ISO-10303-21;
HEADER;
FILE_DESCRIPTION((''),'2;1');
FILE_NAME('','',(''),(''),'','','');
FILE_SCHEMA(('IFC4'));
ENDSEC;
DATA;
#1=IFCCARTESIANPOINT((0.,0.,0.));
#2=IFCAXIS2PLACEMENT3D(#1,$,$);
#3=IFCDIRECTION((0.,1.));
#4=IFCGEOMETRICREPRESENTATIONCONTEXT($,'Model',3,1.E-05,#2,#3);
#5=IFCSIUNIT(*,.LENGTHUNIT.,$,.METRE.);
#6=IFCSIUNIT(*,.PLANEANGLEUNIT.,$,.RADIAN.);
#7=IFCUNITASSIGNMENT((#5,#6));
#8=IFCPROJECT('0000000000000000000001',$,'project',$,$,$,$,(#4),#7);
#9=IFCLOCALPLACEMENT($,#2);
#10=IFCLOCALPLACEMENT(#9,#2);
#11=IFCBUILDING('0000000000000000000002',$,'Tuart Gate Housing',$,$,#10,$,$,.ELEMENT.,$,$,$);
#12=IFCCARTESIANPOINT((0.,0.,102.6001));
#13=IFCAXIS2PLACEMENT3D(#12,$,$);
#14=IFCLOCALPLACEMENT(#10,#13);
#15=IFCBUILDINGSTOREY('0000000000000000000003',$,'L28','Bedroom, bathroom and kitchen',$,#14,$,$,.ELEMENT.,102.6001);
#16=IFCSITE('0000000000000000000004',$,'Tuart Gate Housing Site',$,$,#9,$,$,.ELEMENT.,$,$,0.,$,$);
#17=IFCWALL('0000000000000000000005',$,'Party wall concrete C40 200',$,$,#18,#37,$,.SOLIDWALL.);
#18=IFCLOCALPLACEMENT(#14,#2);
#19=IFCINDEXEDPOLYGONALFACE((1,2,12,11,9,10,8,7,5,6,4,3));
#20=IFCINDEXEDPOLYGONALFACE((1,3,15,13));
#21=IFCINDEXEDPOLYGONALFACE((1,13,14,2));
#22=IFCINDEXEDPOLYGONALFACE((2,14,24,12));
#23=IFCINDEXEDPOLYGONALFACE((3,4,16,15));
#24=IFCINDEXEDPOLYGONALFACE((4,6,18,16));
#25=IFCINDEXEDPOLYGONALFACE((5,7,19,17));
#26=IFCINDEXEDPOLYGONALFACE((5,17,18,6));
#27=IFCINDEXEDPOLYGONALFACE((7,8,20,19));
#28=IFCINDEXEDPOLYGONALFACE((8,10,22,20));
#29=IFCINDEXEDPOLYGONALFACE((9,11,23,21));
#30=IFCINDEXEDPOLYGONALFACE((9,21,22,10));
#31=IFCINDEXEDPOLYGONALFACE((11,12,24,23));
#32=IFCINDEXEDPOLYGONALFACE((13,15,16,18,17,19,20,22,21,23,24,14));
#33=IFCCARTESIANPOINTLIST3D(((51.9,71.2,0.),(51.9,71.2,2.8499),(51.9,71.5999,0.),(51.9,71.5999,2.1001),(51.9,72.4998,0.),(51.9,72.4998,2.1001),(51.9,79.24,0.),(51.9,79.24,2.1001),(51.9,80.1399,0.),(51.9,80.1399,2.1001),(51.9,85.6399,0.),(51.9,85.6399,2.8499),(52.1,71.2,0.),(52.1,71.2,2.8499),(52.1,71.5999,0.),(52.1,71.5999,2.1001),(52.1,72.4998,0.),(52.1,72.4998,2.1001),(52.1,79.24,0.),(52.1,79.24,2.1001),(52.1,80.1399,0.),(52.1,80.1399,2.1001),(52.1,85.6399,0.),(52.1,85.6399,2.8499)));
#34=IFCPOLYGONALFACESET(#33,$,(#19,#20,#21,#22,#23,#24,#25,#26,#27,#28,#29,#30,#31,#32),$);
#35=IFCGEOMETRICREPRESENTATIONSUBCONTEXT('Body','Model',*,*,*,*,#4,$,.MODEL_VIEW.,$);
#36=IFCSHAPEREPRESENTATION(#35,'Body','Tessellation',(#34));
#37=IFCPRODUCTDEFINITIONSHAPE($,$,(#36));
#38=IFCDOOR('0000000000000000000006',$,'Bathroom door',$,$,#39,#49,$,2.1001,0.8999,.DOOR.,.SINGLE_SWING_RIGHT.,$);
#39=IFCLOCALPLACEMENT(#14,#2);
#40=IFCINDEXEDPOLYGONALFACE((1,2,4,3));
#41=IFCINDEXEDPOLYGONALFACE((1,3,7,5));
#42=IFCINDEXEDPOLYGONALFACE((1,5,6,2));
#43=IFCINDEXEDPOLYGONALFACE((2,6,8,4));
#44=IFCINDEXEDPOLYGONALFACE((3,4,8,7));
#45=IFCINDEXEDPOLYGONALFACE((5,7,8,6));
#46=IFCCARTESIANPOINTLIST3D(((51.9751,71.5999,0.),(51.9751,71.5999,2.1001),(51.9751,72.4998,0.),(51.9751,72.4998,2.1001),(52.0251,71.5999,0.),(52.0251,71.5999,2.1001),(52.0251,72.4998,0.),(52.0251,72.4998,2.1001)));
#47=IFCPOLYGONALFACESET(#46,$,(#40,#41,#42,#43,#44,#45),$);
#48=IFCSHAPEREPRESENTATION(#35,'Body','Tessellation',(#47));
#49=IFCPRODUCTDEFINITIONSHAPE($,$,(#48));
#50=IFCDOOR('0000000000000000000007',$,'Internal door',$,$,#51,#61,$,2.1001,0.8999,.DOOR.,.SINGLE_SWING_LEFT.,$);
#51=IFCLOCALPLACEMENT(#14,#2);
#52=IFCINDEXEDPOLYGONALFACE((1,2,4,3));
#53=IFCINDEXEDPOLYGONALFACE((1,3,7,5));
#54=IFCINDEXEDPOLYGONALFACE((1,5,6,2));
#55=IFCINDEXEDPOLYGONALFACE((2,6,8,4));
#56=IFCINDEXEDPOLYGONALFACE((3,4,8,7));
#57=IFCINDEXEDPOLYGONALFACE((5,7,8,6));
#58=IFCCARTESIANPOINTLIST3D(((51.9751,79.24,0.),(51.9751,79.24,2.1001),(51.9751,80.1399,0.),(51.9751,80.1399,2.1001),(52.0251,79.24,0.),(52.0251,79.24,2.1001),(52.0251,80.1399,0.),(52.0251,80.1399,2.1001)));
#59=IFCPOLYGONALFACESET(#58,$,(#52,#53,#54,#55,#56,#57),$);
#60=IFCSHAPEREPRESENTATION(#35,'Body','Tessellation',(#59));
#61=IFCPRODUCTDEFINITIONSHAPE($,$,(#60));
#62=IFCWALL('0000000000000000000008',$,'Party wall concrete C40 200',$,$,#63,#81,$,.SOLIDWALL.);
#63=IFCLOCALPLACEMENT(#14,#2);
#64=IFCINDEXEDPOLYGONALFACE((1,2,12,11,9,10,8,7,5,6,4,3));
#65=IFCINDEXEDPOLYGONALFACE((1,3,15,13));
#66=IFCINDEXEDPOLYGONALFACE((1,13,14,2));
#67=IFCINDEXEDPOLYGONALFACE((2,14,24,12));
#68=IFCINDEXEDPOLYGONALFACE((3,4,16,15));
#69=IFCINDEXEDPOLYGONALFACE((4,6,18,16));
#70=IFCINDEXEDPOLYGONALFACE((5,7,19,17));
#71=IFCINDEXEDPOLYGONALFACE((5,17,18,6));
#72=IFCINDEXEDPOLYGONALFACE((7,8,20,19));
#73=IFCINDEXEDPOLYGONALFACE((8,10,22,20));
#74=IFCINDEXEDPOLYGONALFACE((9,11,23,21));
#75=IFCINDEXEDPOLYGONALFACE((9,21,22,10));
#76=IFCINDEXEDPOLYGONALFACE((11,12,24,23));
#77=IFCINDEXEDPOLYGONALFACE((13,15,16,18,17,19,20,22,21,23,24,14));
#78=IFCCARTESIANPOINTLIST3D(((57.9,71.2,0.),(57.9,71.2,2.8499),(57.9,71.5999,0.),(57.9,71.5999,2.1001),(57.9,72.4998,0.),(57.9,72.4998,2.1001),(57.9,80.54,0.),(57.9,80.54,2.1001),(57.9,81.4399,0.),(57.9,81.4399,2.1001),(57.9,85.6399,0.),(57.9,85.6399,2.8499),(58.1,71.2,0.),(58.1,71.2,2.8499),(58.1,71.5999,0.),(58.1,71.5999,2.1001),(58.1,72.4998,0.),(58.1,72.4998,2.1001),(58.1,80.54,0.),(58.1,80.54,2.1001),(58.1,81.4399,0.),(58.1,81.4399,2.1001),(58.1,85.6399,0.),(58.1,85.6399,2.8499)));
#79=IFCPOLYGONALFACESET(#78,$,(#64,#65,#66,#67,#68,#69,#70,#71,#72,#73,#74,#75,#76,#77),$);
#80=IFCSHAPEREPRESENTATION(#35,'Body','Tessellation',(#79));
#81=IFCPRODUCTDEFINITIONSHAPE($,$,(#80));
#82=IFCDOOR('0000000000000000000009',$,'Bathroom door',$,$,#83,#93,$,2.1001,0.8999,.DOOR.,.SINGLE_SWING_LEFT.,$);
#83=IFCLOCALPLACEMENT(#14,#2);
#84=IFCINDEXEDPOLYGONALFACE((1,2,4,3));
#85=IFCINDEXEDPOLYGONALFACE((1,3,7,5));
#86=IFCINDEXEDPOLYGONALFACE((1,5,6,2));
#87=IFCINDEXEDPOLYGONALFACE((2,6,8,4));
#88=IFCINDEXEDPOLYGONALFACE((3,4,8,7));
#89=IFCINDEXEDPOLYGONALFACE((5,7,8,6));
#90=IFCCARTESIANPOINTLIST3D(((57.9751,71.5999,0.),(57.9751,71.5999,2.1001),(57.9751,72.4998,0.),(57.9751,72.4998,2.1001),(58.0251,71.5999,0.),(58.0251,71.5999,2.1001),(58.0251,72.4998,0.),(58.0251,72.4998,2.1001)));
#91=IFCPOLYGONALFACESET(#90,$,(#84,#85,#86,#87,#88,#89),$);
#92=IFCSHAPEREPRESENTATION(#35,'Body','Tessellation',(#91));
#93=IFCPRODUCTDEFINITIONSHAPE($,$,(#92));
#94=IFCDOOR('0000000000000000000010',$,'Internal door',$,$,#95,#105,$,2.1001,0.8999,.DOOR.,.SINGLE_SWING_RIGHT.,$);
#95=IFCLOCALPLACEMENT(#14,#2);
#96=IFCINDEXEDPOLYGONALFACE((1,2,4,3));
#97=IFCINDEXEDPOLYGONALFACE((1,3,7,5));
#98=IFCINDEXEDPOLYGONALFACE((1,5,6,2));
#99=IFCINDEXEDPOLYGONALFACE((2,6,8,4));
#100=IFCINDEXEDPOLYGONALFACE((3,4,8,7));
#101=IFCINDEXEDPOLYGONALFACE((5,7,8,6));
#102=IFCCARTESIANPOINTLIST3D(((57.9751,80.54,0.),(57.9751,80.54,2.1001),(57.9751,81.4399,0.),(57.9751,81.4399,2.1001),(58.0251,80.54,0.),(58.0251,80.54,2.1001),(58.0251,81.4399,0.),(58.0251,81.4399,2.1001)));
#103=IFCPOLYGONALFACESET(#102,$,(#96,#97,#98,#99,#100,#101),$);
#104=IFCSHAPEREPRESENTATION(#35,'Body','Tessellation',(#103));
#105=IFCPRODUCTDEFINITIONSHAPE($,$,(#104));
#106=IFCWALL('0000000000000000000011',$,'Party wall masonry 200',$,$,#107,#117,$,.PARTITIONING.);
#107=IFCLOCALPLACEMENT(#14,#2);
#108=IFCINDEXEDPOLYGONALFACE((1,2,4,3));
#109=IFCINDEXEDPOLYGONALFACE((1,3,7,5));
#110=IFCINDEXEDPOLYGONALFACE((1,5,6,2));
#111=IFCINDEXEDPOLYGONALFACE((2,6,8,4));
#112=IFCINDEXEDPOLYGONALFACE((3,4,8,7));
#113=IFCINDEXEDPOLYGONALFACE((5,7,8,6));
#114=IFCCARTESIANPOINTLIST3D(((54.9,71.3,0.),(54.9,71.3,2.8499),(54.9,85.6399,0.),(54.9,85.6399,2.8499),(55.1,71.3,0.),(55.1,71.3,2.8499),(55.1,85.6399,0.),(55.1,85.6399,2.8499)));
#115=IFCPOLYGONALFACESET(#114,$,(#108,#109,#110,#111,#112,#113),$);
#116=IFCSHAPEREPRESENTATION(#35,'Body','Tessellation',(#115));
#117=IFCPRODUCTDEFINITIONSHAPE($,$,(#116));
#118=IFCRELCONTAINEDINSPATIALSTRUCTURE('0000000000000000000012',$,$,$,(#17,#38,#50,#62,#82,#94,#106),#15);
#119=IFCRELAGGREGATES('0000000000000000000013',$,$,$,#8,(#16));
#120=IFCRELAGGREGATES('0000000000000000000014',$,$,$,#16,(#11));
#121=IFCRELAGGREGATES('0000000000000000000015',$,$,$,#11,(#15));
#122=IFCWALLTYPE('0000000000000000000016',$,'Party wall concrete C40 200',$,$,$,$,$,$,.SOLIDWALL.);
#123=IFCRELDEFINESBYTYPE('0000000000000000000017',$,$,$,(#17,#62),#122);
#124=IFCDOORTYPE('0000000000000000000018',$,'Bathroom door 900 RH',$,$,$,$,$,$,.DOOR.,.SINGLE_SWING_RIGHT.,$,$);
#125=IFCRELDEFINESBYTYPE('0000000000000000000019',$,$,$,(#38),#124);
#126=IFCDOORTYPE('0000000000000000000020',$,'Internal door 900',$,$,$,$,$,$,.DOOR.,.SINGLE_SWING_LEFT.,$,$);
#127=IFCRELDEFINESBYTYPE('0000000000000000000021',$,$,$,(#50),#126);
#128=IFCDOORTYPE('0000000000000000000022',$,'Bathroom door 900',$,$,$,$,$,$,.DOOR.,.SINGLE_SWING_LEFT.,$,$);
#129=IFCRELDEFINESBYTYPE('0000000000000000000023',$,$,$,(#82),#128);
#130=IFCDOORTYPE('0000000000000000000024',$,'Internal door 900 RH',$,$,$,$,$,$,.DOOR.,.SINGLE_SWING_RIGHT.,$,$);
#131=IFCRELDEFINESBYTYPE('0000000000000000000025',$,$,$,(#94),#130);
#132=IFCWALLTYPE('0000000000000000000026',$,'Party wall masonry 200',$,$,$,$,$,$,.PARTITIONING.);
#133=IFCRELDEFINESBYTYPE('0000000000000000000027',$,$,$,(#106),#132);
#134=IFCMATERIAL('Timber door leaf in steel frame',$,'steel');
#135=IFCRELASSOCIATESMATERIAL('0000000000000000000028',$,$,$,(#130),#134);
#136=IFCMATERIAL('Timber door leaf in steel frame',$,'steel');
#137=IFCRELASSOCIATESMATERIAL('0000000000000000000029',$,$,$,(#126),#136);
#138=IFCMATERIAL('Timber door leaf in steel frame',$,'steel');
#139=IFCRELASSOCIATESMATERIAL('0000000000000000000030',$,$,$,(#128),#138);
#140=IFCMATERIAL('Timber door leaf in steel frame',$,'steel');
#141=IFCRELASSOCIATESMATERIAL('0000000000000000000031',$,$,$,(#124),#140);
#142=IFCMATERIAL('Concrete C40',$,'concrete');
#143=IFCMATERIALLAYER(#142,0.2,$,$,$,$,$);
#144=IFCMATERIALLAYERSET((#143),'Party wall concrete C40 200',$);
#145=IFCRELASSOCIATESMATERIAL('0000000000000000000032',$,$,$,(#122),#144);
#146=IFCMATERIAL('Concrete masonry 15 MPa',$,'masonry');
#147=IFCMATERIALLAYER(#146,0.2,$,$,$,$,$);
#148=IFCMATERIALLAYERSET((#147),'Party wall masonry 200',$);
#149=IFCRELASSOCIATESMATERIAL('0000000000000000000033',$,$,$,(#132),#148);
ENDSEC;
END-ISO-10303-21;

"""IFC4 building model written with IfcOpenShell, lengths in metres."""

from ifc_helpers import new_model, si_unit, direction, frame, frame_2d, origin, place, context, subcontext, project, spatial, rectangle, extrude, material, layer, layer_set, type_object, element, fill, save


model = new_model("IFC4")

# Units and contexts
model_context = context("Model", 3, precision=1e-05, world=origin(), true_north=direction((0.0, 1.0)))
body_context = subcontext(model_context, "Body", "Model", "MODEL_VIEW")
ifc_project = project(units=[si_unit("LENGTHUNIT", "METRE"), si_unit("PLANEANGLEUNIT", "RADIAN")], contexts=[model_context])

# Site, building, storey
site_placement = place(None, origin())
site = spatial("IfcSite", under=ifc_project, at=site_placement, Name="Tuart Gate Housing Site", CompositionType="ELEMENT", RefElevation=0.0)
building_placement = place(site_placement, origin())
building = spatial("IfcBuilding", under=site, at=building_placement, Name="Tuart Gate Housing", CompositionType="ELEMENT")
storey_placement = place(building_placement, frame((0.0, 0.0, 102.6001)))
storey = spatial("IfcBuildingStorey", under=building, at=storey_placement, Name="L28", Description="Bedroom, bathroom and kitchen", CompositionType="ELEMENT", Elevation=102.6001)

# Shared definitions
ifc_material_1 = material(Name="Timber door leaf in steel frame", Category="steel")
door_type_1 = type_object("IfcDoorType", Name="Internal door 900 RH", OperationType="SINGLE_SWING_RIGHT", PredefinedType="DOOR", material=ifc_material_1)
ifc_material_2 = material(Name="Timber door leaf in steel frame", Category="steel")
door_type_2 = type_object("IfcDoorType", Name="Internal door 900", OperationType="SINGLE_SWING_LEFT", PredefinedType="DOOR", material=ifc_material_2)

# Shared definitions
ifc_material_3 = material(Name="Timber door leaf in steel frame", Category="steel")
door_type_3 = type_object("IfcDoorType", Name="Bathroom door 900", OperationType="SINGLE_SWING_LEFT", PredefinedType="DOOR", material=ifc_material_3)
ifc_material_4 = material(Name="Timber door leaf in steel frame", Category="steel")
door_type_4 = type_object("IfcDoorType", Name="Bathroom door 900 RH", OperationType="SINGLE_SWING_RIGHT", PredefinedType="DOOR", material=ifc_material_4)

# Shared definitions
ifc_material_5 = material(Name="Concrete C40", Category="concrete")
ifc_layer_1 = layer(ifc_material_5, 0.2)
ifc_layer_set_1 = layer_set([ifc_layer_1], Name="Party wall concrete C40 200")
wall_type_1 = type_object("IfcWallType", Name="Party wall concrete C40 200", PredefinedType="SOLIDWALL", material=ifc_layer_set_1)

# Walls, openings, doors
wall_1_placement = place(storey_placement, frame((52.0, 71.2, 0.0), z_axis=(0.0, 0.0, 1.0), x_axis=(0.0, 1.0, 0.0)))
wall_1 = element("IfcWall", 1, at=wall_1_placement, inside=storey, type_object=wall_type_1, Name="Party wall concrete C40 200", PredefinedType="SOLIDWALL", context=body_context, shape_type="SweptSolid", body=[
    extrude(rectangle(XDim=14.4399, YDim=0.2, at=frame_2d((7.22, 0.0))), origin(), (0.0, 0.0, 1.0), 2.8499),
])
opening_1_placement = place(wall_1_placement, frame((8.04, 0.0, 0.0)))
opening_1 = element("IfcOpeningElement", 2, at=opening_1_placement, cuts=wall_1, PredefinedType="OPENING", context=body_context, shape_type="SweptSolid", body=[
    extrude(rectangle(XDim=0.8999, YDim=2.1001, at=frame_2d((0.45, 1.05))), frame((0.0, 0.1099, 0.0), z_axis=(0.0, -1.0, 0.0), x_axis=(1.0, 0.0, 0.0)), (0.0, 0.0, 1.0), 0.22),
])
opening_2_placement = place(wall_1_placement, frame((0.3999, 0.0, 0.0)))
opening_2 = element("IfcOpeningElement", 3, at=opening_2_placement, cuts=wall_1, PredefinedType="OPENING", context=body_context, shape_type="SweptSolid", body=[
    extrude(rectangle(XDim=0.8999, YDim=2.1001, at=frame_2d((0.45, 1.05))), frame((0.0, 0.1099, 0.0), z_axis=(0.0, -1.0, 0.0), x_axis=(1.0, 0.0, 0.0)), (0.0, 0.0, 1.0), 0.22),
])
door_1_placement = place(opening_2_placement, frame((0.8999, 0.0, 0.0), z_axis=(0.0, 0.0, 1.0), x_axis=(-1.0, 0.0, 0.0)))
door_1 = element("IfcDoor", 4, at=door_1_placement, inside=storey, type_object=door_type_4, Name="Bathroom door", OperationType="SINGLE_SWING_RIGHT", OverallHeight=2.1001, OverallWidth=0.8999, PredefinedType="DOOR", context=body_context, shape_type="SweptSolid", body=[
    extrude(rectangle(XDim=0.8999, YDim=2.1001, at=frame_2d((0.45, 1.05))), frame((0.0, 0.0251, 0.0), z_axis=(0.0, -1.0, 0.0), x_axis=(1.0, 0.0, 0.0)), (0.0, 0.0, 1.0), 0.05),
])
fill(opening_2, door_1)
door_2_placement = place(opening_1_placement, frame((0.8999, 0.0, 0.0), z_axis=(0.0, 0.0, 1.0), x_axis=(-1.0, 0.0, 0.0)))
door_2 = element("IfcDoor", 5, at=door_2_placement, inside=storey, type_object=door_type_2, Name="Internal door", OperationType="SINGLE_SWING_LEFT", OverallHeight=2.1001, OverallWidth=0.8999, PredefinedType="DOOR", context=body_context, shape_type="SweptSolid", body=[
    extrude(rectangle(XDim=0.8999, YDim=2.1001, at=frame_2d((0.45, 1.05))), frame((0.0, 0.0251, 0.0), z_axis=(0.0, -1.0, 0.0), x_axis=(1.0, 0.0, 0.0)), (0.0, 0.0, 1.0), 0.05),
])
fill(opening_1, door_2)
wall_2_placement = place(storey_placement, frame((58.0, 71.2, 0.0), z_axis=(0.0, 0.0, 1.0), x_axis=(0.0, 1.0, 0.0)))
wall_2 = element("IfcWall", 6, at=wall_2_placement, inside=storey, type_object=wall_type_1, Name="Party wall concrete C40 200", PredefinedType="SOLIDWALL", context=body_context, shape_type="SweptSolid", body=[
    extrude(rectangle(XDim=14.4399, YDim=0.2, at=frame_2d((7.22, 0.0))), origin(), (0.0, 0.0, 1.0), 2.8499),
])
opening_3_placement = place(wall_2_placement, frame((9.3401, 0.0, 0.0)))
opening_3 = element("IfcOpeningElement", 7, at=opening_3_placement, cuts=wall_2, PredefinedType="OPENING", context=body_context, shape_type="SweptSolid", body=[
    extrude(rectangle(XDim=0.8999, YDim=2.1001, at=frame_2d((0.45, 1.05))), frame((0.0, 0.1099, 0.0), z_axis=(0.0, -1.0, 0.0), x_axis=(1.0, 0.0, 0.0)), (0.0, 0.0, 1.0), 0.22),
])
opening_4_placement = place(wall_2_placement, frame((0.3999, 0.0, 0.0)))
opening_4 = element("IfcOpeningElement", 8, at=opening_4_placement, cuts=wall_2, PredefinedType="OPENING", context=body_context, shape_type="SweptSolid", body=[
    extrude(rectangle(XDim=0.8999, YDim=2.1001, at=frame_2d((0.45, 1.05))), frame((0.0, 0.1099, 0.0), z_axis=(0.0, -1.0, 0.0), x_axis=(1.0, 0.0, 0.0)), (0.0, 0.0, 1.0), 0.22),
])
door_3_placement = place(opening_4_placement, origin())
door_3 = element("IfcDoor", 9, at=door_3_placement, inside=storey, type_object=door_type_3, Name="Bathroom door", OperationType="SINGLE_SWING_LEFT", OverallHeight=2.1001, OverallWidth=0.8999, PredefinedType="DOOR", context=body_context, shape_type="SweptSolid", body=[
    extrude(rectangle(XDim=0.8999, YDim=2.1001, at=frame_2d((0.45, 1.05))), frame((0.0, 0.0249, 0.0), z_axis=(0.0, -1.0, 0.0), x_axis=(1.0, 0.0, 0.0)), (0.0, 0.0, 1.0), 0.05),
])
fill(opening_4, door_3)
door_4_placement = place(opening_3_placement, origin())
door_4 = element("IfcDoor", 10, at=door_4_placement, inside=storey, type_object=door_type_1, Name="Internal door", OperationType="SINGLE_SWING_RIGHT", OverallHeight=2.1001, OverallWidth=0.8999, PredefinedType="DOOR", context=body_context, shape_type="SweptSolid", body=[
    extrude(rectangle(XDim=0.8999, YDim=2.1001, at=frame_2d((0.45, 1.05))), frame((0.0, 0.0249, 0.0), z_axis=(0.0, -1.0, 0.0), x_axis=(1.0, 0.0, 0.0)), (0.0, 0.0, 1.0), 0.05),
])
fill(opening_3, door_4)

# Wall
ifc_material_6 = material(Name="Concrete masonry 15 MPa", Category="masonry")
ifc_layer_2 = layer(ifc_material_6, 0.2)
ifc_layer_set_2 = layer_set([ifc_layer_2], Name="Party wall masonry 200")
wall_type_2 = type_object("IfcWallType", Name="Party wall masonry 200", PredefinedType="PARTITIONING", material=ifc_layer_set_2)
wall_3_placement = place(storey_placement, frame((55.0, 71.3, 0.0), z_axis=(0.0, 0.0, 1.0), x_axis=(0.0, 1.0, 0.0)))
element("IfcWall", 11, at=wall_3_placement, inside=storey, type_object=wall_type_2, Name="Party wall masonry 200", PredefinedType="PARTITIONING", context=body_context, shape_type="SweptSolid", body=[
    extrude(rectangle(XDim=14.3398, YDim=0.2, at=frame_2d((7.1699, 0.0))), origin(), (0.0, 0.0, 1.0), 2.8499),
])

save(model, "model.ifc")
